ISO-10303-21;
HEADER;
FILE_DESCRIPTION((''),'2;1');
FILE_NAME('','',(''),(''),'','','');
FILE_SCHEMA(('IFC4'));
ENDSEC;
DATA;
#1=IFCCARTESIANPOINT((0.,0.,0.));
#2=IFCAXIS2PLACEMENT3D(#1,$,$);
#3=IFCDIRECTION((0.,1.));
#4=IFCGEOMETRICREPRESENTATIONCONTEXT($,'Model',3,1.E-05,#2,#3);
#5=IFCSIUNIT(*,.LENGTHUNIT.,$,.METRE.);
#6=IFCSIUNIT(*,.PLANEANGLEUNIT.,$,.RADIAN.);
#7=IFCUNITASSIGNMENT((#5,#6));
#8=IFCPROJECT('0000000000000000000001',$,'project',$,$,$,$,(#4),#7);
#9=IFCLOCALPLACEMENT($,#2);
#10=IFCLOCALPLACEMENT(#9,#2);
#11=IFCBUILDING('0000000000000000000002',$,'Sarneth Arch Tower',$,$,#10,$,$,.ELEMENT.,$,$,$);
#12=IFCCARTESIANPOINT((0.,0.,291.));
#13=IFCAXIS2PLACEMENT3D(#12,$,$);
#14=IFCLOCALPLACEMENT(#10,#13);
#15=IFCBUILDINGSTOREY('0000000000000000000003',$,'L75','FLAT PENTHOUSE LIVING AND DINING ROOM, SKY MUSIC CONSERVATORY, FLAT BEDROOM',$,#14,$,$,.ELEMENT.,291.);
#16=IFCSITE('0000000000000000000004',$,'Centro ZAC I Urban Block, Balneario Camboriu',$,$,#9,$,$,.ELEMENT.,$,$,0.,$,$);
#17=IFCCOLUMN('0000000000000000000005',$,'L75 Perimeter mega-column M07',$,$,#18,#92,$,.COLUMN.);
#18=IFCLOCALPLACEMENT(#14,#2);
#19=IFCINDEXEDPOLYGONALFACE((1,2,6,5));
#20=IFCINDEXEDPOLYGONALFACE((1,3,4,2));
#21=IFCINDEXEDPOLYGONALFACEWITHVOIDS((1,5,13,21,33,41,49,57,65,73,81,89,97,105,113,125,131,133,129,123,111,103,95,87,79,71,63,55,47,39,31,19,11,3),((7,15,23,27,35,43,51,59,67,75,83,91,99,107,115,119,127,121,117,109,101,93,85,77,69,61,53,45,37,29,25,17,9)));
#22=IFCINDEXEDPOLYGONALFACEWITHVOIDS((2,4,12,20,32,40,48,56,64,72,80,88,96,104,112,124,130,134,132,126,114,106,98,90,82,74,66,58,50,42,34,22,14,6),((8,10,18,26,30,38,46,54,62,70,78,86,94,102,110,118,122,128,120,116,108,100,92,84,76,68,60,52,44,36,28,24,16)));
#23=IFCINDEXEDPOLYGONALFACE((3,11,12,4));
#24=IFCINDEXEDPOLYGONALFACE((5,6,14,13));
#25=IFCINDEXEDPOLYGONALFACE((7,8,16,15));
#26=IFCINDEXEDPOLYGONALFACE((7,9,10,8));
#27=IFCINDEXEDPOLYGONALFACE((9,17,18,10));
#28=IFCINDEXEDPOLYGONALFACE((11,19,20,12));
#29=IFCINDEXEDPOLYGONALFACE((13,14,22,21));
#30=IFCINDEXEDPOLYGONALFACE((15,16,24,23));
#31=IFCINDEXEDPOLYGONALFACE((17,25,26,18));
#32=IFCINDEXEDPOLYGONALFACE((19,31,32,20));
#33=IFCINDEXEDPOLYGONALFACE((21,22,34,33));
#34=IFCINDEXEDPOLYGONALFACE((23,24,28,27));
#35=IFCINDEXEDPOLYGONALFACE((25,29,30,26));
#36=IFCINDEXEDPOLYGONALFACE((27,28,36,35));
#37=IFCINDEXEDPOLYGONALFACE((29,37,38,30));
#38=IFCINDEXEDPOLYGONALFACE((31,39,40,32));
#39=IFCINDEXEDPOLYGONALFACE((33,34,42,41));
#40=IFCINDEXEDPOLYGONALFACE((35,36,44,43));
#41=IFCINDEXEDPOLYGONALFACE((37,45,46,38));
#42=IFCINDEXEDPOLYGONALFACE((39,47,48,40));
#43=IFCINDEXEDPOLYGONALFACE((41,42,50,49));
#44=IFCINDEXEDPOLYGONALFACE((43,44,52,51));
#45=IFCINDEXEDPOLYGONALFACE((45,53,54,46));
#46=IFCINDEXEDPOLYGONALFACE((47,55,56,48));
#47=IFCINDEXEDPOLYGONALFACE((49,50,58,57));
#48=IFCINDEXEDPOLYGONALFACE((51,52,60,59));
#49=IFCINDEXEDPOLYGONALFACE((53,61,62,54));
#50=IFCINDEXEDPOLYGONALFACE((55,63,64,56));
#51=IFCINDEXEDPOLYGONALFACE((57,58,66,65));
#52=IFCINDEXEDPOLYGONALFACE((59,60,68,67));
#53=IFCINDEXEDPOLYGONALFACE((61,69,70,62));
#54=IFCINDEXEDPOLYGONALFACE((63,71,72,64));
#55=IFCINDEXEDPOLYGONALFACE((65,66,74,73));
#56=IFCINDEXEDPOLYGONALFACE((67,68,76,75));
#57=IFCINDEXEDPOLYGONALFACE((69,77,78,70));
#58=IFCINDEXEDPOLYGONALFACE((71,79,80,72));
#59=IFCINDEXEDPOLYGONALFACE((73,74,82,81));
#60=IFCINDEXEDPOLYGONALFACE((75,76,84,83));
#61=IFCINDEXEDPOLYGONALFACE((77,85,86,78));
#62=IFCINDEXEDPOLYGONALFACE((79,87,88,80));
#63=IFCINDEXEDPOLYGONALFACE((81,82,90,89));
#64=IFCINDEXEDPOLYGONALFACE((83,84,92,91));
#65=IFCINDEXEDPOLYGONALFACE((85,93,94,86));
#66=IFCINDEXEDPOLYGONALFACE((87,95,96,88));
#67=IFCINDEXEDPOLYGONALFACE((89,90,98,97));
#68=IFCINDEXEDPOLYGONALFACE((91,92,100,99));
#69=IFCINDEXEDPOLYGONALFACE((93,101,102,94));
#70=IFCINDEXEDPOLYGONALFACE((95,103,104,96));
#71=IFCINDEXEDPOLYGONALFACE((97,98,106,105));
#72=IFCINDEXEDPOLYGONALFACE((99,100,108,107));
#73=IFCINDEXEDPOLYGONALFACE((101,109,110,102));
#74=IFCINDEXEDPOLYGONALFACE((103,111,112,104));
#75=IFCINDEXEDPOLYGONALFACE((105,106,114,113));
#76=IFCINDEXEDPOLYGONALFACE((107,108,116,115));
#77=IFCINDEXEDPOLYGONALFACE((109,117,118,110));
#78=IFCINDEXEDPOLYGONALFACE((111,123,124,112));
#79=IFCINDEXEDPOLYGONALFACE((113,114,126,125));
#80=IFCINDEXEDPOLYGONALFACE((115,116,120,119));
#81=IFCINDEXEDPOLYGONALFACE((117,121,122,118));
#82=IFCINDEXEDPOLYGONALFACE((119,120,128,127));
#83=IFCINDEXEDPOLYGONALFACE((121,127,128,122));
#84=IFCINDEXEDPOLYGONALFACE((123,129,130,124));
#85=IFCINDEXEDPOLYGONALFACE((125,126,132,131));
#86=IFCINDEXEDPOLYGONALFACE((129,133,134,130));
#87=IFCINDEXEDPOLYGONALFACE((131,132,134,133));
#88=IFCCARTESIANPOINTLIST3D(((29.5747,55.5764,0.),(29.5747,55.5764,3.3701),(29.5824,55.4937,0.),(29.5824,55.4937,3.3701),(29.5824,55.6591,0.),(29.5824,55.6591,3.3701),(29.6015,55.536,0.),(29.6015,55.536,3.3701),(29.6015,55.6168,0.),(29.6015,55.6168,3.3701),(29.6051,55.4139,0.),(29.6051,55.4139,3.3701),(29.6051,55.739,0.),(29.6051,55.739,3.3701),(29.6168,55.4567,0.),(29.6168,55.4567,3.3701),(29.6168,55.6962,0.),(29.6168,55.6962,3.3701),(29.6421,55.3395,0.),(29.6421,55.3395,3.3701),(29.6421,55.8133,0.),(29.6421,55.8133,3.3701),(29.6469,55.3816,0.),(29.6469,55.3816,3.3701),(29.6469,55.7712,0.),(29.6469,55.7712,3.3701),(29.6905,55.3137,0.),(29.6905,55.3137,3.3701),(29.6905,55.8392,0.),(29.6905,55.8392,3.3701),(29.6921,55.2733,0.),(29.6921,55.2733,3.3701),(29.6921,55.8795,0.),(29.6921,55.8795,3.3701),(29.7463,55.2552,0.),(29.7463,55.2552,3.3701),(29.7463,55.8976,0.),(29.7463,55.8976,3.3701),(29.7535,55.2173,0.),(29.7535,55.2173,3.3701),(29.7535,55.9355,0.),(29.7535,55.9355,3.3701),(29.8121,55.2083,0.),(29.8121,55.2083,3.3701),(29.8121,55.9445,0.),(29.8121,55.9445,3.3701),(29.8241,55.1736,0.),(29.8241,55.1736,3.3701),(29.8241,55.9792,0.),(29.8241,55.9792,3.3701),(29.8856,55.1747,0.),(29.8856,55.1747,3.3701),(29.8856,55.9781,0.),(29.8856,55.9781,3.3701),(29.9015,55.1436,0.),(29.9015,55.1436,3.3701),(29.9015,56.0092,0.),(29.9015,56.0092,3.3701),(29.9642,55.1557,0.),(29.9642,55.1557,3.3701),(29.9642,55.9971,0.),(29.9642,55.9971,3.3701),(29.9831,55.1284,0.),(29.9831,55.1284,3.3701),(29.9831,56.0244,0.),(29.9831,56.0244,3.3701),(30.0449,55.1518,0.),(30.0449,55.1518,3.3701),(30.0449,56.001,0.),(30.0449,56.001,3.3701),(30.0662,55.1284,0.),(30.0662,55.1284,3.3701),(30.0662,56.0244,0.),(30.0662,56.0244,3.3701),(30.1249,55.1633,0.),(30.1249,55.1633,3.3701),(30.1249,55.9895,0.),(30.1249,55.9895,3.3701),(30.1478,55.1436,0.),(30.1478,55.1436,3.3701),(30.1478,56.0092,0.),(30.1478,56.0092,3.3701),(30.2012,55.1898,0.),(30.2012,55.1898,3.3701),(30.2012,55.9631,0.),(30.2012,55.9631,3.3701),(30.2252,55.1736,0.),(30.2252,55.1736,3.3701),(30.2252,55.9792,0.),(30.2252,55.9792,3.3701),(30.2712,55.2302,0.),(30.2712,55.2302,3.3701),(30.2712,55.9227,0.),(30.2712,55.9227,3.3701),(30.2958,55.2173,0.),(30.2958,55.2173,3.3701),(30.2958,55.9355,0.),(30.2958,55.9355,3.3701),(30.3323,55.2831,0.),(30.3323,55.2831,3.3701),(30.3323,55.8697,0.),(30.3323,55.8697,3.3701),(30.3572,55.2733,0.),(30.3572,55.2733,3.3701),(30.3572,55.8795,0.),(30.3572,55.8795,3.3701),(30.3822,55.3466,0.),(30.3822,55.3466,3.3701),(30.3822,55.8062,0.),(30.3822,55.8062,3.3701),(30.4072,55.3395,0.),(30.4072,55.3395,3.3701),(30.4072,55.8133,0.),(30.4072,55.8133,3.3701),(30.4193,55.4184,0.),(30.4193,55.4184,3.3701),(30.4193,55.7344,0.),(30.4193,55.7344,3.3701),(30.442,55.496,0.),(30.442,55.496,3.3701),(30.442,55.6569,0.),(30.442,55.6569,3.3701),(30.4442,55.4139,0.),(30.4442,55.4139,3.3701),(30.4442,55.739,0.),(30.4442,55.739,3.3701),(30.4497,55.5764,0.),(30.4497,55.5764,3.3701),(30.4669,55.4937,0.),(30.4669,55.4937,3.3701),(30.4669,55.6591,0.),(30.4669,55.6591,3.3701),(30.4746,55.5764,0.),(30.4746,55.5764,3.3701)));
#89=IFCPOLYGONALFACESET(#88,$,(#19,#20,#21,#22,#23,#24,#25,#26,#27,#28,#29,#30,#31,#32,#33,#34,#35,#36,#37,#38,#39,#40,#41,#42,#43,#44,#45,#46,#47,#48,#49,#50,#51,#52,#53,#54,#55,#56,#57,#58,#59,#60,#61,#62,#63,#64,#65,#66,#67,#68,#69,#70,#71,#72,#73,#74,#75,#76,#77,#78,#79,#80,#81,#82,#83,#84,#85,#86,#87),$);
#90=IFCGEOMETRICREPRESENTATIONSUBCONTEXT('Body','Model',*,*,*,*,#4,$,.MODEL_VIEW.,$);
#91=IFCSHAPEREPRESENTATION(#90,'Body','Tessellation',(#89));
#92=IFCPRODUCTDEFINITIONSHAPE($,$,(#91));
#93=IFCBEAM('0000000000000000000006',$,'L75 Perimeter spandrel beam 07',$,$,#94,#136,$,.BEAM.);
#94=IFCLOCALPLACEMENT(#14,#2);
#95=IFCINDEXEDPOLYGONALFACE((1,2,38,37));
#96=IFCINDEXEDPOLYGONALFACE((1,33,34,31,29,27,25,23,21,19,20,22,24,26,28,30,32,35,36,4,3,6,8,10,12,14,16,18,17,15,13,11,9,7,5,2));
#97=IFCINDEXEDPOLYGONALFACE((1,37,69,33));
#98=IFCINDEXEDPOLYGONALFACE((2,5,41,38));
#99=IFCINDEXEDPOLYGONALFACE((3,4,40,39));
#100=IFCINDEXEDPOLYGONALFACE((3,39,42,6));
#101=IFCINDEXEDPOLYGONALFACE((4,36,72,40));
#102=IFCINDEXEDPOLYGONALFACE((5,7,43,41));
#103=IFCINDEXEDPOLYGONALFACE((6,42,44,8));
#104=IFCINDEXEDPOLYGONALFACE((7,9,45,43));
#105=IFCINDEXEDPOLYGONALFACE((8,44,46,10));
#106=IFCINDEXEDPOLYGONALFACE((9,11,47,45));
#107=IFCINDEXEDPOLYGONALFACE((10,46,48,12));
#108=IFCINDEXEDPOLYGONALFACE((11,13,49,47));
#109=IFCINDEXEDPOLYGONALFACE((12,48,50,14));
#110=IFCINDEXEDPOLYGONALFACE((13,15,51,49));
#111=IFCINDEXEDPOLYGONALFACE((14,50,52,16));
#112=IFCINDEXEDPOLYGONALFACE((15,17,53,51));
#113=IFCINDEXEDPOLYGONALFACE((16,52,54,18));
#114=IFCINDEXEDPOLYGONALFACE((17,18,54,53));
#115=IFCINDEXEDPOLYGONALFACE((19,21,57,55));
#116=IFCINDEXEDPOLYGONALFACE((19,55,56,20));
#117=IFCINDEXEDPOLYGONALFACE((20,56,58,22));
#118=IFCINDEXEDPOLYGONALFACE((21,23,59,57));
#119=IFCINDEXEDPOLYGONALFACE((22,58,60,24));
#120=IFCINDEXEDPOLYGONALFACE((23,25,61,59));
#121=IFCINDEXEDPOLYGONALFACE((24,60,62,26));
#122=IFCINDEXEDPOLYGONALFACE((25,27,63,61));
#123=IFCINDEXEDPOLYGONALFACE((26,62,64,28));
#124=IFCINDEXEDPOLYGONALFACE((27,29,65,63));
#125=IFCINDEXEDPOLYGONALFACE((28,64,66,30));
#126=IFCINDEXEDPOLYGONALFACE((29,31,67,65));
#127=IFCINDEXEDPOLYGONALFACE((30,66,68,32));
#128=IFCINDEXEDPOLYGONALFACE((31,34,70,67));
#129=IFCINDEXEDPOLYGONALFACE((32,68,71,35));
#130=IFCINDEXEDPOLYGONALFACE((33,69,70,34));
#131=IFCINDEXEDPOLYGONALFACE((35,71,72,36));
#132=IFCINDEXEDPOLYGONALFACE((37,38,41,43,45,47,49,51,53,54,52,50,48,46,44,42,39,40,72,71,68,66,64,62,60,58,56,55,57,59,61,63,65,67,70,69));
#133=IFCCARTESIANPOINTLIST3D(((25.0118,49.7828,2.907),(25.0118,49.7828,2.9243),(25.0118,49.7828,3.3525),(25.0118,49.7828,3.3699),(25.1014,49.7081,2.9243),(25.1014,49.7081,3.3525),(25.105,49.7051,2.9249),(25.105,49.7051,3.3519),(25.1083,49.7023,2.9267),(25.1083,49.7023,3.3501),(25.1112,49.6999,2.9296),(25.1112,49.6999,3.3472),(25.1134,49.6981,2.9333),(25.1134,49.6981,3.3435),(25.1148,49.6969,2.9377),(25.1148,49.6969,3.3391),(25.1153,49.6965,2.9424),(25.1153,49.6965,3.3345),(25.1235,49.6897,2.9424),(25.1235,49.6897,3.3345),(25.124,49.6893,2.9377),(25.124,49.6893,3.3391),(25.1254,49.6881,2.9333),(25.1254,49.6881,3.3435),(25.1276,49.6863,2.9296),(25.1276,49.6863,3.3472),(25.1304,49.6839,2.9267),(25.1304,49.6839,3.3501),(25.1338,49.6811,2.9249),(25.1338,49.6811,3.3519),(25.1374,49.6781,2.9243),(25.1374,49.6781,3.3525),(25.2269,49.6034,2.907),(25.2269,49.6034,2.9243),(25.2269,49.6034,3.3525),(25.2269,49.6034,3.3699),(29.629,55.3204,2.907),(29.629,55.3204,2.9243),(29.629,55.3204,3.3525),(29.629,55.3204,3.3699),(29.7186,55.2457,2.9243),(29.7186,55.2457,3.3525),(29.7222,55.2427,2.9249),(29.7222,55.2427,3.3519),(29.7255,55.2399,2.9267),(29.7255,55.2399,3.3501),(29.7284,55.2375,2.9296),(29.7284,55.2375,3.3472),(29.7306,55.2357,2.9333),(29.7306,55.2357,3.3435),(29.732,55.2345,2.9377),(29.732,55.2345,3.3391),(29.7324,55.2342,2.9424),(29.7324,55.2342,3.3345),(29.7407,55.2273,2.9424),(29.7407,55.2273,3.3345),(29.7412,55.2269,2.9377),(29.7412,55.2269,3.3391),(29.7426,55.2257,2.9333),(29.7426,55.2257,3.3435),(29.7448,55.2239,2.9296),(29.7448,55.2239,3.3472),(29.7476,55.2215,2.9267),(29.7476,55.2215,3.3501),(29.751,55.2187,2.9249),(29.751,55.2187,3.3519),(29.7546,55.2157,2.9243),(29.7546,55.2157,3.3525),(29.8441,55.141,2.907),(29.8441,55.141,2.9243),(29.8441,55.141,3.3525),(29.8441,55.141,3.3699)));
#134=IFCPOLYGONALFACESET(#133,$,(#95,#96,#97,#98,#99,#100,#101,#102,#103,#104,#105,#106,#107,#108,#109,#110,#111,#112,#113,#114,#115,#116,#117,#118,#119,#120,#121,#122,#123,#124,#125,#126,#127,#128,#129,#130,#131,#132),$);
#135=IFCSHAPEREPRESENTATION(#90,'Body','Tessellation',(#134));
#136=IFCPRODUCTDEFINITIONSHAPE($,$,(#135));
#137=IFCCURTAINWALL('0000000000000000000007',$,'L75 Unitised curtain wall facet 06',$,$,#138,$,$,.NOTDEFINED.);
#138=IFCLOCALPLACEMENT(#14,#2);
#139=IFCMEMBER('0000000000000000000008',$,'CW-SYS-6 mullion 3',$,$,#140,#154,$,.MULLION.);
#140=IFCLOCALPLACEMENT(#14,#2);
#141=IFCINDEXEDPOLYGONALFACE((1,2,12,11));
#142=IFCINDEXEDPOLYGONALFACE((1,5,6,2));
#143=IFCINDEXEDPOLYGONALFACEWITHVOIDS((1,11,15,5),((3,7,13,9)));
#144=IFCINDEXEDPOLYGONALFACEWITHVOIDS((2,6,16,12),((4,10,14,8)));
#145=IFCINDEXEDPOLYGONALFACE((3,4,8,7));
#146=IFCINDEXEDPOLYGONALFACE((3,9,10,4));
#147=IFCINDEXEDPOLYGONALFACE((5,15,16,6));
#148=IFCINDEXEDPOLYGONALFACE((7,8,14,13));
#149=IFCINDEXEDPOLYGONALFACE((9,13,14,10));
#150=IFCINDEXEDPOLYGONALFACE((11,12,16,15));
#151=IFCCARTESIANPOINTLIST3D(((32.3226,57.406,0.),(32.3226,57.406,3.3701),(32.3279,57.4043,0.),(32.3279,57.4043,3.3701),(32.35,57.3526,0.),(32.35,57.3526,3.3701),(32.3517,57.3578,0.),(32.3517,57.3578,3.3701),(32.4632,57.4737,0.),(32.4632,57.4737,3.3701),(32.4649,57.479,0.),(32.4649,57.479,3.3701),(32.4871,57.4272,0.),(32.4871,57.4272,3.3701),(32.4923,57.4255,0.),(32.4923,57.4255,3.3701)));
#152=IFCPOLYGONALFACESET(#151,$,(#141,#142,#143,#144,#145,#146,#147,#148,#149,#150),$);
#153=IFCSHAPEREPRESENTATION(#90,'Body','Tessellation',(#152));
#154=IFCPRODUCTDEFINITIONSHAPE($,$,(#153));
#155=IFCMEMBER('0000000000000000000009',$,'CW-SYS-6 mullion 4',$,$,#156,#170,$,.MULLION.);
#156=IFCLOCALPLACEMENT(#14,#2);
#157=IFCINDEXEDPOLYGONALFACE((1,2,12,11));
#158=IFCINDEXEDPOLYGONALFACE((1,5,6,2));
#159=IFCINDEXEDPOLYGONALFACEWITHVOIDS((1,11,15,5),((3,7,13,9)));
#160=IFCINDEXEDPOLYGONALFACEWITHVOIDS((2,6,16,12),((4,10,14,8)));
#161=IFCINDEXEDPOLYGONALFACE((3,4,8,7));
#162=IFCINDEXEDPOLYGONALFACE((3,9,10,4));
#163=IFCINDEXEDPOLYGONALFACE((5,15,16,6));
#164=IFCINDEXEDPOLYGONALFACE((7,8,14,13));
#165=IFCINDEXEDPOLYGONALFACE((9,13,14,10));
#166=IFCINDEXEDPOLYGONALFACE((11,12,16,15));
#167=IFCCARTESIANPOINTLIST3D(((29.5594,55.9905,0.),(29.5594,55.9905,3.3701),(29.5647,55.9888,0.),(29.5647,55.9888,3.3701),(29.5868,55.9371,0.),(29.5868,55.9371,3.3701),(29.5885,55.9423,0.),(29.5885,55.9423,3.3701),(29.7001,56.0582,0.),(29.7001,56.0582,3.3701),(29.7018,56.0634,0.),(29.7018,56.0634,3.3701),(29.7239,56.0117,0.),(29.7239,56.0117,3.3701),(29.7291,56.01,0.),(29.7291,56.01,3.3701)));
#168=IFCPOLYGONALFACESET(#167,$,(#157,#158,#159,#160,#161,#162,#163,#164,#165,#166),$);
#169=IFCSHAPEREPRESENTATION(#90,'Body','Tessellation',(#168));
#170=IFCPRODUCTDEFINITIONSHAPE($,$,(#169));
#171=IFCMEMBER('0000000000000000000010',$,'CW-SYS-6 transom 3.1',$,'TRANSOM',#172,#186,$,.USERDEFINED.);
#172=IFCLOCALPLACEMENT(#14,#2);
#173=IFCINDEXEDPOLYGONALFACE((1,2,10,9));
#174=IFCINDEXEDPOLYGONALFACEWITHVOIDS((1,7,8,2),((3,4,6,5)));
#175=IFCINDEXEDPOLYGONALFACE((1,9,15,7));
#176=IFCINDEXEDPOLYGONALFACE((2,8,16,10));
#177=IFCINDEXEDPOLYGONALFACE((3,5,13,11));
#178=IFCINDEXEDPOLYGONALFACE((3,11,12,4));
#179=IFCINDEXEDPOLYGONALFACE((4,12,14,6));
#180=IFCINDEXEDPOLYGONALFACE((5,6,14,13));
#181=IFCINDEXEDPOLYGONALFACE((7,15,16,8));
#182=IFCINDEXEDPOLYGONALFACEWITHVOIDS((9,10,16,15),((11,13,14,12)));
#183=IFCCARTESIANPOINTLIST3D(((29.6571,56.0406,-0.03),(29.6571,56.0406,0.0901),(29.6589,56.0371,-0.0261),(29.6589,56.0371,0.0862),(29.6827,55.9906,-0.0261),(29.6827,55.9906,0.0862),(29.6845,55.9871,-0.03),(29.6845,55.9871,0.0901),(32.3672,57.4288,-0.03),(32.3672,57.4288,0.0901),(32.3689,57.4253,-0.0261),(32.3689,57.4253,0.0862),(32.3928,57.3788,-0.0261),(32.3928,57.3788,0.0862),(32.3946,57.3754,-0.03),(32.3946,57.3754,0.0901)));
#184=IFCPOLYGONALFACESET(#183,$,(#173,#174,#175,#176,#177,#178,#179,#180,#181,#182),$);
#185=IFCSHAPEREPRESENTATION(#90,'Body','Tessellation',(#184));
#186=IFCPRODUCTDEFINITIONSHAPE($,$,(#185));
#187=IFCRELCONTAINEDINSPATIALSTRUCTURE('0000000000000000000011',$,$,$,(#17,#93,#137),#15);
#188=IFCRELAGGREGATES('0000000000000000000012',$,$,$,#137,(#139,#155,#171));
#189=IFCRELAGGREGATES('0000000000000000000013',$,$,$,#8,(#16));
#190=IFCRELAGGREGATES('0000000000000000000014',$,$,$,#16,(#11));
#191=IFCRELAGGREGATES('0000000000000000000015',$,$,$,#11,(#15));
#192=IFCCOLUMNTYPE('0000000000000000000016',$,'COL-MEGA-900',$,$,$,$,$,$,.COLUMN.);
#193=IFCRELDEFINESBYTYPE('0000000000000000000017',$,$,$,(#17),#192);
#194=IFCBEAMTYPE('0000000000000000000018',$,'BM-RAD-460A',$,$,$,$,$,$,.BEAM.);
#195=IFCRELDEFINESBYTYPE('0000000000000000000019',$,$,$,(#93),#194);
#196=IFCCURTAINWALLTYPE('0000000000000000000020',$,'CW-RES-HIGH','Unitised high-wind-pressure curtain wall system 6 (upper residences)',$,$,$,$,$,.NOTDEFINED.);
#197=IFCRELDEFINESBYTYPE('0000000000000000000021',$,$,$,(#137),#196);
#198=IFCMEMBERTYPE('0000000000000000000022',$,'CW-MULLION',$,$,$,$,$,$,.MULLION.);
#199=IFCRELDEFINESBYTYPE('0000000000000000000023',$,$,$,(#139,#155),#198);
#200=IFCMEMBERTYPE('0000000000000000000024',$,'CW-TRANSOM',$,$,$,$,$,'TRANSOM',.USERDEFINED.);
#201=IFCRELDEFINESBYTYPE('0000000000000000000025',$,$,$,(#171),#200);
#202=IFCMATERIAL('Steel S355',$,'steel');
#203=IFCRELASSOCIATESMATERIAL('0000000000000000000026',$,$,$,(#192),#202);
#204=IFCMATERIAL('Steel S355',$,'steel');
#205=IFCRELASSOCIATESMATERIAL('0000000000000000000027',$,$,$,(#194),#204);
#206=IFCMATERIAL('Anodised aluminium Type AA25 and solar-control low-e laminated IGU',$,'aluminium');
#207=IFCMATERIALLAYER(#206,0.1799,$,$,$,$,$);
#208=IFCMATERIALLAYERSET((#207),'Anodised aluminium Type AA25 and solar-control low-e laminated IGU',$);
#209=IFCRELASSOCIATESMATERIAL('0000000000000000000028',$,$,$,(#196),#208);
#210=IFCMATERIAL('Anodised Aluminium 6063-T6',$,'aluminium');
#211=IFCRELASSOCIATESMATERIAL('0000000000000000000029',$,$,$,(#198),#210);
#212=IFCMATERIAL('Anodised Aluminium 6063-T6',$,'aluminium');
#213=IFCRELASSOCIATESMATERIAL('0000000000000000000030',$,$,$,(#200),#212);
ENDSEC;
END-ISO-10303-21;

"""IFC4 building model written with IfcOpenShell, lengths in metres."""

from ifc_helpers import new_model, si_unit, direction, frame, origin, origin_2d, place, context, subcontext, project, spatial, hollow_rectangle, hollow_circle, i_section, extrude, material, layer, layer_set, material_profile, profile_set, type_object, element, aggregate, save


model = new_model("IFC4")

# Units and contexts
model_context = context("Model", 3, precision=1e-05, world=origin(), true_north=direction((0.0, 1.0)))
body_context = subcontext(model_context, "Body", "Model", "MODEL_VIEW")
ifc_project = project(units=[si_unit("LENGTHUNIT", "METRE"), si_unit("PLANEANGLEUNIT", "RADIAN")], contexts=[model_context])

# Site, building, storey
site_placement = place(None, origin())
site = spatial("IfcSite", under=ifc_project, at=site_placement, Name="Centro ZAC I Urban Block, Balneario Camboriu", CompositionType="ELEMENT", RefElevation=0.0)
building_placement = place(site_placement, origin())
building = spatial("IfcBuilding", under=site, at=building_placement, Name="Sarneth Arch Tower", CompositionType="ELEMENT")
storey_placement = place(building_placement, frame((0.0, 0.0, 291.0)))
storey = spatial("IfcBuildingStorey", under=building, at=storey_placement, Name="L75", Description="FLAT PENTHOUSE LIVING AND DINING ROOM, SKY MUSIC CONSERVATORY, FLAT BEDROOM", CompositionType="ELEMENT", Elevation=291.0)

# Column
ifc_material_1 = material(Name="Steel S355", Category="steel")
ifc_material_profile_1 = material_profile(ifc_material_1, hollow_circle(Radius=0.45, WallThickness=0.0249, at=origin_2d()), Name="CHS900x25")
ifc_profile_set_1 = profile_set([ifc_material_profile_1], Name="Steel S355")
column_type = type_object("IfcColumnType", Name="COL-MEGA-900", PredefinedType="COLUMN", material=ifc_profile_set_1)
column_placement = place(storey_placement, frame((30.0247, 55.5764, 0.0), z_axis=(0.0, 0.0, 1.0), x_axis=(1.0, 0.0, 0.0)))
element("IfcColumn", 1, at=column_placement, inside=storey, type_object=column_type, Name="L75 Perimeter mega-column M07", PredefinedType="COLUMN", context=body_context, shape_type="SweptSolid", body=[
    extrude(hollow_circle(Radius=0.45, WallThickness=0.0249, at=origin_2d()), origin(), (0.0, 0.0, 1.0), 3.3701),
])

# Beam
ifc_material_2 = material(Name="Steel S355", Category="steel")
ifc_material_profile_2 = material_profile(ifc_material_2, i_section(OverallWidth=0.28, OverallDepth=0.4629, WebThickness=0.0107, FlangeThickness=0.0173, FilletRadius=0.0181, at=origin_2d()), Name="W460x113")
ifc_profile_set_2 = profile_set([ifc_material_profile_2], Name="Steel S355")
beam_type = type_object("IfcBeamType", Name="BM-RAD-460A", PredefinedType="BEAM", material=ifc_profile_set_2)
beam_placement = place(storey_placement, frame((29.7366, 55.2307, 3.1384), z_axis=(-0.640391, -0.768049, 0.0), x_axis=(0.768049, -0.640391, 0.0)))
element("IfcBeam", 2, at=beam_placement, inside=storey, type_object=beam_type, Name="L75 Perimeter spandrel beam 07", PredefinedType="BEAM", context=body_context, shape_type="SweptSolid", body=[
    extrude(i_section(OverallWidth=0.28, OverallDepth=0.4629, WebThickness=0.0107, FlangeThickness=0.0173, FilletRadius=0.0181, at=origin_2d()), origin(), (0.0, 0.0, 1.0), 7.21),
])

# Curtain wall, members
ifc_material_3 = material(Name="Anodised aluminium Type AA25 and solar-control low-e laminated IGU", Category="aluminium")
ifc_layer_1 = layer(ifc_material_3, 0.1799)
ifc_layer_set_1 = layer_set([ifc_layer_1], Name="Anodised aluminium Type AA25 and solar-control low-e laminated IGU")
curtain_wall_type = type_object("IfcCurtainWallType", Name="CW-RES-HIGH", Description="Unitised high-wind-pressure curtain wall system 6 (upper residences)", PredefinedType="NOTDEFINED", material=ifc_layer_set_1)
curtain_wall_placement = place(storey_placement, origin())
curtain_wall = element("IfcCurtainWall", 3, at=curtain_wall_placement, inside=storey, type_object=curtain_wall_type, Name="L75 Unitised curtain wall facet 06", PredefinedType="NOTDEFINED")
ifc_material_4 = material(Name="Anodised Aluminium 6063-T6", Category="aluminium")
ifc_material_profile_3 = material_profile(ifc_material_4, hollow_rectangle(XDim=0.0601, YDim=0.1599, WallThickness=0.0039, at=origin_2d()), Name="AL-MULL-160x60x4")
ifc_profile_set_3 = profile_set([ifc_material_profile_3], Name="Anodised Aluminium 6063-T6")
member_type_1 = type_object("IfcMemberType", Name="CW-MULLION", PredefinedType="MULLION", material=ifc_profile_set_3)
member_1_placement = place(storey_placement, frame((32.4075, 57.4158, 0.0), z_axis=(0.0, 0.0, 1.0), x_axis=(0.455942, -0.89001, 0.0)))
member_1 = element("IfcMember", 4, at=member_1_placement, type_object=member_type_1, Name="CW-SYS-6 mullion 3", PredefinedType="MULLION", context=body_context, shape_type="SweptSolid", body=[
    extrude(hollow_rectangle(XDim=0.0601, YDim=0.1599, WallThickness=0.0039, at=origin_2d()), origin(), (0.0, 0.0, 1.0), 3.3701),
])
member_2_placement = place(storey_placement, frame((29.6443, 56.0002, 0.0), z_axis=(0.0, 0.0, 1.0), x_axis=(0.455942, -0.89001, 0.0)))
member_2 = element("IfcMember", 5, at=member_2_placement, type_object=member_type_1, Name="CW-SYS-6 mullion 4", PredefinedType="MULLION", context=body_context, shape_type="SweptSolid", body=[
    extrude(hollow_rectangle(XDim=0.0601, YDim=0.1599, WallThickness=0.0039, at=origin_2d()), origin(), (0.0, 0.0, 1.0), 3.3701),
])
ifc_material_5 = material(Name="Anodised Aluminium 6063-T6", Category="aluminium")
ifc_material_profile_4 = material_profile(ifc_material_5, hollow_rectangle(XDim=0.0601, YDim=0.1201, WallThickness=0.0039, at=origin_2d()), Name="AL-TRAN-120x60x4")
ifc_profile_set_4 = profile_set([ifc_material_profile_4], Name="Anodised Aluminium 6063-T6")
member_type_2 = type_object("IfcMemberType", Name="CW-TRANSOM", ElementType="TRANSOM", PredefinedType="USERDEFINED", material=ifc_profile_set_4)
member_3_placement = place(storey_placement, frame((32.3809, 57.4021, 0.03), z_axis=(-0.890023, -0.455916, 0.0), x_axis=(0.455916, -0.890023, 0.0)))
member_3 = element("IfcMember", 6, at=member_3_placement, type_object=member_type_2, Name="CW-SYS-6 transom 3.1", ObjectType="TRANSOM", PredefinedType="USERDEFINED", context=body_context, shape_type="SweptSolid", body=[
    extrude(hollow_rectangle(XDim=0.0601, YDim=0.1201, WallThickness=0.0039, at=origin_2d()), origin(), (0.0, 0.0, 1.0), 3.0449),
])

aggregate(curtain_wall, [member_1, member_2, member_3])

save(model, "model.ifc")
